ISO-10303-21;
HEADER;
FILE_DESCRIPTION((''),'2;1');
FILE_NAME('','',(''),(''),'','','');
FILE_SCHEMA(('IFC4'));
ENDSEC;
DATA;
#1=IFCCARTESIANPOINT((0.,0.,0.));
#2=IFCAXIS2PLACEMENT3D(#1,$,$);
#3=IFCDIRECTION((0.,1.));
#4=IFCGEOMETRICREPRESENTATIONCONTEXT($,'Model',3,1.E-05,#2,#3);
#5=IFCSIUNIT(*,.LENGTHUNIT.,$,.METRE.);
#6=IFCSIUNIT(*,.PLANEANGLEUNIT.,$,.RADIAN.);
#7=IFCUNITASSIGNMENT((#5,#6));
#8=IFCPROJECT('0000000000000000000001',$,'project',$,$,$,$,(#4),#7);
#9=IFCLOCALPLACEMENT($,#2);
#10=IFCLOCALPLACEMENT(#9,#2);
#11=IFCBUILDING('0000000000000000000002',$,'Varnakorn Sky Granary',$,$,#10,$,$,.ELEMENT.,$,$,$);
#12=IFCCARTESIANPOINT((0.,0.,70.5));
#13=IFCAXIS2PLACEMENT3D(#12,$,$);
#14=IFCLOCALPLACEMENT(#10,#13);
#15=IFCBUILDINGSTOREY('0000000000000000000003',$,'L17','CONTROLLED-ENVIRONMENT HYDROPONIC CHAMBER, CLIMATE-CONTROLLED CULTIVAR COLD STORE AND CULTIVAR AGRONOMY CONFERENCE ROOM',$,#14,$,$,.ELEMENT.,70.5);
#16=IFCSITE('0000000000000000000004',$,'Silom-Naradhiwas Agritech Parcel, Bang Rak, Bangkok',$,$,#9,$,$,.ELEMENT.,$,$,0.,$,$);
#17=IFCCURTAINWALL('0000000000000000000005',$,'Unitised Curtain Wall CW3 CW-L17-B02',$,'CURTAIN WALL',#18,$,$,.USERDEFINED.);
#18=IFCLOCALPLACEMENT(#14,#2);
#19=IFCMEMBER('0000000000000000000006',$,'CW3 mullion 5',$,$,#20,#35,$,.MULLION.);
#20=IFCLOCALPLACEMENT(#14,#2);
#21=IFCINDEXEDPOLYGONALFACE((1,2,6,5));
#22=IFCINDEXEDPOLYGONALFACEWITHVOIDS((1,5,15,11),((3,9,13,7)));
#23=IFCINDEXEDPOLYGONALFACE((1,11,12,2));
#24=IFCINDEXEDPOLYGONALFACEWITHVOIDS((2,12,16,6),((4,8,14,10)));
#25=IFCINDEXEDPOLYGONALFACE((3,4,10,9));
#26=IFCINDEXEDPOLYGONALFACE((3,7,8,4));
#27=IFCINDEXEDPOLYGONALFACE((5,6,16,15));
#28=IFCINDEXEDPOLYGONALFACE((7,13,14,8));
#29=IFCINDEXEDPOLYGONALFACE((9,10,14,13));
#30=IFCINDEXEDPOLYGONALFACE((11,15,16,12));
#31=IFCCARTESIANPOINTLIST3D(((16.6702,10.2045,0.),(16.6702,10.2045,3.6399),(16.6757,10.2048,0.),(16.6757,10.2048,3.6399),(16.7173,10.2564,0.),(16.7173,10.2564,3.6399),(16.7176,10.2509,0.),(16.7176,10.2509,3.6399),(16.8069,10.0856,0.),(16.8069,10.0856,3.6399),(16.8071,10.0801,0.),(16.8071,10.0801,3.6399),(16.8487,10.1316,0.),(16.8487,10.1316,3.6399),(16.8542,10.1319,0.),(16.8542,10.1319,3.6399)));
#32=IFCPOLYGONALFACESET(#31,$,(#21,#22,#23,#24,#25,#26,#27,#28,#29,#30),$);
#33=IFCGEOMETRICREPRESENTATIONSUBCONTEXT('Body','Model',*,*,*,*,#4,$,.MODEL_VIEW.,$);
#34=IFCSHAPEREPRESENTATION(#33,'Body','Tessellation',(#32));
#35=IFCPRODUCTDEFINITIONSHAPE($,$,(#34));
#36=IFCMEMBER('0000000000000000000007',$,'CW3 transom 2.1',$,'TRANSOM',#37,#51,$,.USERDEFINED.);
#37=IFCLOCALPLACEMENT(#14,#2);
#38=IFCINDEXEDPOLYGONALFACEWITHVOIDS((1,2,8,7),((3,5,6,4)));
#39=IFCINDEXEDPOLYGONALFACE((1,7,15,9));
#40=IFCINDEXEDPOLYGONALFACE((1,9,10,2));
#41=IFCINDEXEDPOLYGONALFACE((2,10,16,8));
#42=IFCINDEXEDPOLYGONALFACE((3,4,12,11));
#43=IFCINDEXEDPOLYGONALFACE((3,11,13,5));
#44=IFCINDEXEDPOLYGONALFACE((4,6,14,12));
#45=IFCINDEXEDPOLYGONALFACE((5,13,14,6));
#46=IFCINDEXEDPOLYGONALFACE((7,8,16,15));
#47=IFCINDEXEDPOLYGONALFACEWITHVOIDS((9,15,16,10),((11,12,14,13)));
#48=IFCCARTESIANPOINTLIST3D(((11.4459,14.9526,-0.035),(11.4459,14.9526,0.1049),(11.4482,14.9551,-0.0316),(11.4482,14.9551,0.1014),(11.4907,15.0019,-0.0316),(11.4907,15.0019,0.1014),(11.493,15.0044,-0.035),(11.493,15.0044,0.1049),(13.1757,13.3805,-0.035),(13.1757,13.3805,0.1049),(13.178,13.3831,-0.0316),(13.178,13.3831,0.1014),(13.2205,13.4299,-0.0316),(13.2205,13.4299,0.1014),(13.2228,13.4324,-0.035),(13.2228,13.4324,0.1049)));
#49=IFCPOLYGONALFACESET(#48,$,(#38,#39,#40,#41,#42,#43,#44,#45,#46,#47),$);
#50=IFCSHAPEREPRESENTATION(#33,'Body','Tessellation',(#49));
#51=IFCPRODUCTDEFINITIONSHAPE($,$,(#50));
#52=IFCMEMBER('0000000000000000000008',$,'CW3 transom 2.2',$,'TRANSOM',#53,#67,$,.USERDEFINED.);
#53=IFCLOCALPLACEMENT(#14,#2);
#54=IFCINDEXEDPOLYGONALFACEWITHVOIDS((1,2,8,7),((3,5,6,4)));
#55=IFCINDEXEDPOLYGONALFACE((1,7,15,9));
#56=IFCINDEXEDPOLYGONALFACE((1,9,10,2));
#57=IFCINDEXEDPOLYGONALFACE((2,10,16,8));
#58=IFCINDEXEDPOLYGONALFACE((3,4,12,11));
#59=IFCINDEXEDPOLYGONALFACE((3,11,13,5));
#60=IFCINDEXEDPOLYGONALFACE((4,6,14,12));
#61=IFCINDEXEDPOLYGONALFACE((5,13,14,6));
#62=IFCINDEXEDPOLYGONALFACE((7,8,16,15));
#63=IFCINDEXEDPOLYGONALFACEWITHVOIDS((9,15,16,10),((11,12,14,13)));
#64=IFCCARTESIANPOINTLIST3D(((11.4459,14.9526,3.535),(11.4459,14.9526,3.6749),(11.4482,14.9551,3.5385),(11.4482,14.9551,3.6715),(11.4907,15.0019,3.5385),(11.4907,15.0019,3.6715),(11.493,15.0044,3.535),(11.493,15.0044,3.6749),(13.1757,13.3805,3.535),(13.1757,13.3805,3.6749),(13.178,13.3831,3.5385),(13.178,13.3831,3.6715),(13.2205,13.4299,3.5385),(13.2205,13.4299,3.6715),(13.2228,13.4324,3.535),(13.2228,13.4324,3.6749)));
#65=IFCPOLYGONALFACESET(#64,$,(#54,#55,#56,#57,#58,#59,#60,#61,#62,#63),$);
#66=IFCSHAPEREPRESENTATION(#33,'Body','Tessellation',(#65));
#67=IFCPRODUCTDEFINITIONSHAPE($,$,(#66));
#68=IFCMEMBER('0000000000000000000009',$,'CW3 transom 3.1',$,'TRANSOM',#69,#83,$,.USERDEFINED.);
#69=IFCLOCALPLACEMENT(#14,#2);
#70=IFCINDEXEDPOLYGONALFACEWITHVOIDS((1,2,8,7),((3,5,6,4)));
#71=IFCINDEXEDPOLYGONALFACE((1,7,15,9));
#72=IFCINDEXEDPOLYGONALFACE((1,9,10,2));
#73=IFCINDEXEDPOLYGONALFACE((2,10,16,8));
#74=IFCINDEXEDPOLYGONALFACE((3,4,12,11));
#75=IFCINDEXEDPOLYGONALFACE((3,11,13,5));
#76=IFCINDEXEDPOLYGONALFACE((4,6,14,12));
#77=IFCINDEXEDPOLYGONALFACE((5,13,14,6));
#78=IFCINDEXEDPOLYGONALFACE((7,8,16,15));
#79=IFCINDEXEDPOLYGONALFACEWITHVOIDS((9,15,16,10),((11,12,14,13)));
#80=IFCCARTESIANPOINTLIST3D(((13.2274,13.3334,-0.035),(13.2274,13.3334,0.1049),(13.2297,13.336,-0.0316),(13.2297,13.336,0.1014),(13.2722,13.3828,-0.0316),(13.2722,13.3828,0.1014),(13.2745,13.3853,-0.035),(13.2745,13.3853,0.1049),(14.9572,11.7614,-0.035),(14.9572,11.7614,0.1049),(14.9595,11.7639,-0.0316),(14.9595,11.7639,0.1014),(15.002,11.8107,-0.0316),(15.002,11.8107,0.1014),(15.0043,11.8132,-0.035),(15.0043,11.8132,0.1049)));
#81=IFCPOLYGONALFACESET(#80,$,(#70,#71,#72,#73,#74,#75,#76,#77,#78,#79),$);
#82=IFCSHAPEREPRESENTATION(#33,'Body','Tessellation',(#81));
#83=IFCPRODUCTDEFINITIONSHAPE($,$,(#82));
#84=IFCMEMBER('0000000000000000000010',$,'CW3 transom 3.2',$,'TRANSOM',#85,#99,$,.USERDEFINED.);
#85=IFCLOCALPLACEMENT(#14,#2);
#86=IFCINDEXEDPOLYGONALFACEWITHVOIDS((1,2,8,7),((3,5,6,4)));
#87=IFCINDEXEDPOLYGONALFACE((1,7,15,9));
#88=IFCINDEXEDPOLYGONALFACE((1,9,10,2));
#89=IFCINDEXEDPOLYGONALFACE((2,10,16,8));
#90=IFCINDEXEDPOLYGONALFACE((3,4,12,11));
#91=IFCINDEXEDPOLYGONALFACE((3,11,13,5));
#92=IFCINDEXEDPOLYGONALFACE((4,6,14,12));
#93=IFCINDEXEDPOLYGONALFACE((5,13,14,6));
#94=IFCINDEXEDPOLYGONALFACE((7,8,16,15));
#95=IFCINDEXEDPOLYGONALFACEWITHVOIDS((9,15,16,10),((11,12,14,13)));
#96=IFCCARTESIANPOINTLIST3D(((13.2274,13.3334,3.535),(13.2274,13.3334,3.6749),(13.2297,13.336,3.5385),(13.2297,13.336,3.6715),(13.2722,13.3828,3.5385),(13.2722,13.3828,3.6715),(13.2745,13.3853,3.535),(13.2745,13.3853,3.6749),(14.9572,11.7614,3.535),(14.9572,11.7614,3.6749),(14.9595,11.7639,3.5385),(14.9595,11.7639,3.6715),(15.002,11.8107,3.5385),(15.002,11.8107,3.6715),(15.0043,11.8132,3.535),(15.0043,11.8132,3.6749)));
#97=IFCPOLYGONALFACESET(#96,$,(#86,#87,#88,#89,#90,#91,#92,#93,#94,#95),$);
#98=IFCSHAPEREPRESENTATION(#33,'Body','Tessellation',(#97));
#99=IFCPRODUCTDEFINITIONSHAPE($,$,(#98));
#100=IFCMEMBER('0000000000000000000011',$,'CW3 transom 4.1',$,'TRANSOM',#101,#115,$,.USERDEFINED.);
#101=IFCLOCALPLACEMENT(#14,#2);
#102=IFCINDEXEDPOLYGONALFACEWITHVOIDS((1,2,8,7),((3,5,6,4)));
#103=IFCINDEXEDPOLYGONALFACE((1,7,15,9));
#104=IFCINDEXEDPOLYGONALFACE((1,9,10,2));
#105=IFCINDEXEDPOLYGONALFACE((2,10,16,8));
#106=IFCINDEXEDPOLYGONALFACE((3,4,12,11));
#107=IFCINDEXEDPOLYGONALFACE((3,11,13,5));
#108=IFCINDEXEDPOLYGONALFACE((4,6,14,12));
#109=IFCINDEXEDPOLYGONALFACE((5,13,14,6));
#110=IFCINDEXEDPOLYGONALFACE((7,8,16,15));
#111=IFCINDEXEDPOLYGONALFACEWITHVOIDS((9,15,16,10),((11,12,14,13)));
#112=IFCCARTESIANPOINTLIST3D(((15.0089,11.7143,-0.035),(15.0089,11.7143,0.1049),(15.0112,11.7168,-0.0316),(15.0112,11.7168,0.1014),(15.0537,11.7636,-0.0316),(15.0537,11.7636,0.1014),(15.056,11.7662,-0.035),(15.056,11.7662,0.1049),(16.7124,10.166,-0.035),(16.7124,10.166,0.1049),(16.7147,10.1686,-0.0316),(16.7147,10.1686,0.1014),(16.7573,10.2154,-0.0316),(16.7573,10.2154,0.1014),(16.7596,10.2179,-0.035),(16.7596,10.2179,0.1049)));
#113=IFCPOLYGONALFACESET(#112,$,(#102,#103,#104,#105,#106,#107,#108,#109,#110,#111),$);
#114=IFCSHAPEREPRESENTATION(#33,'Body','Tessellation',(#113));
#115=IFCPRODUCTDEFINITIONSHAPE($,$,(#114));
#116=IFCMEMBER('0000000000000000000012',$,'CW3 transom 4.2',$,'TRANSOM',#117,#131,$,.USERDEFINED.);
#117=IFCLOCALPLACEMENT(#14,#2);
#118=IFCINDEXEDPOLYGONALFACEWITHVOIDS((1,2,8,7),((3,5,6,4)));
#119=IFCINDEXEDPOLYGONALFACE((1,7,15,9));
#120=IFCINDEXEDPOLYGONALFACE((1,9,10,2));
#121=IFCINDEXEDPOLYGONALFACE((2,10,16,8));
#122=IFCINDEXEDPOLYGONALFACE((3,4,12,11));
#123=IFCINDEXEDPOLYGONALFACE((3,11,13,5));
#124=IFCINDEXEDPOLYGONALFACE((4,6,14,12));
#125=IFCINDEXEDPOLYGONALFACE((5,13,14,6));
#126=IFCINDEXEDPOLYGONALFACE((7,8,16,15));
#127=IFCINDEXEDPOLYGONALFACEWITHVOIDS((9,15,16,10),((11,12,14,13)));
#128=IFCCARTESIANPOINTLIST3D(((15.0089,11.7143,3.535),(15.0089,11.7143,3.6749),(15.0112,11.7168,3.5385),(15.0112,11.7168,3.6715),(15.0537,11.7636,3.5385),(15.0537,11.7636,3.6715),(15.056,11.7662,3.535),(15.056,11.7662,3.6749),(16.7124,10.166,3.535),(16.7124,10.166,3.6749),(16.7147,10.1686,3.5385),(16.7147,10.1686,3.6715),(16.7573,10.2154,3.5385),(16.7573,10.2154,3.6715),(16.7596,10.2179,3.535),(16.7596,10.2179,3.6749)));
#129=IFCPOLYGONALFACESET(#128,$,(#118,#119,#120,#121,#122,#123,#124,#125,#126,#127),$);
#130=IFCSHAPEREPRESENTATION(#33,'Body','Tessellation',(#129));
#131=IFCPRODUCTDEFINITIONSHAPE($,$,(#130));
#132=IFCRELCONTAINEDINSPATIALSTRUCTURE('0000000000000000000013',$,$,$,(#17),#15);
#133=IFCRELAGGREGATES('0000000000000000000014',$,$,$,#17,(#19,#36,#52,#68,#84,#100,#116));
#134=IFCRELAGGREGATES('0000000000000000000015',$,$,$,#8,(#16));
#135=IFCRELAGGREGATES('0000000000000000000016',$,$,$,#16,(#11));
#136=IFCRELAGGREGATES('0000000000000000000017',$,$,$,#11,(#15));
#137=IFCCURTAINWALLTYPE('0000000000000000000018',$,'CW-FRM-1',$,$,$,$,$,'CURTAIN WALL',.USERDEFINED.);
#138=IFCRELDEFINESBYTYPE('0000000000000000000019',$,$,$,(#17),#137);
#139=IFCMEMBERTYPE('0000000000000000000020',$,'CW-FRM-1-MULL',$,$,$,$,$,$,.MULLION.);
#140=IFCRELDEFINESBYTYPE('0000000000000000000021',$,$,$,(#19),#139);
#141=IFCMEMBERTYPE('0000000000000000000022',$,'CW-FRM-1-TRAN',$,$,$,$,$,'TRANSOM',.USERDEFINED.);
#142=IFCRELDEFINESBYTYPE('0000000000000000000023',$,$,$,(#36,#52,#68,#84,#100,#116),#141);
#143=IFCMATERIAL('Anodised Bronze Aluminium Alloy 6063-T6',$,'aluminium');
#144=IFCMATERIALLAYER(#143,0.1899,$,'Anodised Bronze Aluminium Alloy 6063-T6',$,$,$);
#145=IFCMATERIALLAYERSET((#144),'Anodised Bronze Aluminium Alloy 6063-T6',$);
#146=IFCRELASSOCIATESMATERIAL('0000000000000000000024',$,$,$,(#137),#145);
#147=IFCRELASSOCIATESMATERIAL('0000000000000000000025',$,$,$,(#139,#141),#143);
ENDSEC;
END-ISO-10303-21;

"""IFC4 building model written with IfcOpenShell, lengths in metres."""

from ifc_helpers import new_model, si_unit, direction, frame, origin, origin_2d, place, context, subcontext, project, spatial, hollow_rectangle, extrude, material, layer, layer_set, material_profile, profile_set, type_object, element, aggregate, save


model = new_model("IFC4")

# Units and contexts
model_context = context("Model", 3, precision=1e-05, world=origin(), true_north=direction((0.0, 1.0)))
body_context = subcontext(model_context, "Body", "Model", "MODEL_VIEW")
ifc_project = project(units=[si_unit("LENGTHUNIT", "METRE"), si_unit("PLANEANGLEUNIT", "RADIAN")], contexts=[model_context])

# Site, building, storey
site_placement = place(None, origin())
site = spatial("IfcSite", under=ifc_project, at=site_placement, Name="Silom-Naradhiwas Agritech Parcel, Bang Rak, Bangkok", CompositionType="ELEMENT", RefElevation=0.0)
building_placement = place(site_placement, origin())
building = spatial("IfcBuilding", under=site, at=building_placement, Name="Varnakorn Sky Granary", CompositionType="ELEMENT")
storey_placement = place(building_placement, frame((0.0, 0.0, 70.5)))
storey = spatial("IfcBuildingStorey", under=building, at=storey_placement, Name="L17", Description="CONTROLLED-ENVIRONMENT HYDROPONIC CHAMBER, CLIMATE-CONTROLLED CULTIVAR COLD STORE AND CULTIVAR AGRONOMY CONFERENCE ROOM", CompositionType="ELEMENT", Elevation=70.5)

# Curtain wall, members
ifc_material_1 = material(Name="Anodised Bronze Aluminium Alloy 6063-T6", Category="aluminium")
ifc_layer_1 = layer(ifc_material_1, 0.1899, Name="Anodised Bronze Aluminium Alloy 6063-T6")
ifc_layer_set_1 = layer_set([ifc_layer_1], Name="Anodised Bronze Aluminium Alloy 6063-T6")
curtain_wall_type = type_object("IfcCurtainWallType", Name="CW-FRM-1", ElementType="CURTAIN WALL", PredefinedType="USERDEFINED", material=ifc_layer_set_1)
curtain_wall_placement = place(storey_placement, origin())
curtain_wall = element("IfcCurtainWall", 1, at=curtain_wall_placement, inside=storey, type_object=curtain_wall_type, Name="Unitised Curtain Wall CW3 CW-L17-B02", ObjectType="CURTAIN WALL", PredefinedType="USERDEFINED")
ifc_material_profile_1 = material_profile(ifc_material_1, hollow_rectangle(XDim=0.0701, YDim=0.1851, WallThickness=0.0039, at=origin_2d()), Name="ALU MULL 70x185")
ifc_profile_set_1 = profile_set([ifc_material_profile_1], Name="Anodised Bronze Aluminium Alloy 6063-T6")
member_type_1 = type_object("IfcMemberType", Name="CW-FRM-1-MULL", PredefinedType="MULLION", material=ifc_profile_set_1)
member_1_placement = place(storey_placement, frame((16.7622, 10.1682, 0.0), z_axis=(0.0, 0.0, 1.0), x_axis=(0.672582, 0.740022, 0.0)))
member_1 = element("IfcMember", 2, at=member_1_placement, type_object=member_type_1, Name="CW3 mullion 5", PredefinedType="MULLION", context=body_context, shape_type="SweptSolid", body=[
    extrude(hollow_rectangle(XDim=0.0701, YDim=0.1851, WallThickness=0.0039, at=origin_2d()), origin(), (0.0, 0.0, 1.0), 3.6399),
])
ifc_material_profile_2 = material_profile(ifc_material_1, hollow_rectangle(XDim=0.0701, YDim=0.1399, WallThickness=0.0034, at=origin_2d()), Name="ALU TRAN 70x140")
ifc_profile_set_2 = profile_set([ifc_material_profile_2], Name="Anodised Bronze Aluminium Alloy 6063-T6")
member_type_2 = type_object("IfcMemberType", Name="CW-FRM-1-TRAN", ElementType="TRANSOM", PredefinedType="USERDEFINED", material=ifc_profile_set_2)
member_2_placement = place(storey_placement, frame((11.4695, 14.9785, 0.0349), z_axis=(0.740039, -0.672564, 0.0), x_axis=(0.672564, 0.740039, 0.0)))
member_2 = element("IfcMember", 3, at=member_2_placement, type_object=member_type_2, Name="CW3 transom 2.1", ObjectType="TRANSOM", PredefinedType="USERDEFINED", context=body_context, shape_type="SweptSolid", body=[
    extrude(hollow_rectangle(XDim=0.0701, YDim=0.1399, WallThickness=0.0034, at=origin_2d()), origin(), (0.0, 0.0, 1.0), 2.3374),
])
member_3_placement = place(storey_placement, frame((11.4695, 14.9785, 3.605), z_axis=(0.740039, -0.672564, 0.0), x_axis=(0.672564, 0.740039, 0.0)))
member_3 = element("IfcMember", 4, at=member_3_placement, type_object=member_type_2, Name="CW3 transom 2.2", ObjectType="TRANSOM", PredefinedType="USERDEFINED", context=body_context, shape_type="SweptSolid", body=[
    extrude(hollow_rectangle(XDim=0.0701, YDim=0.1399, WallThickness=0.0034, at=origin_2d()), origin(), (0.0, 0.0, 1.0), 2.3374),
])
member_4_placement = place(storey_placement, frame((13.251, 13.3594, 0.0349), z_axis=(0.740039, -0.672564, 0.0), x_axis=(0.672564, 0.740039, 0.0)))
member_4 = element("IfcMember", 5, at=member_4_placement, type_object=member_type_2, Name="CW3 transom 3.1", ObjectType="TRANSOM", PredefinedType="USERDEFINED", context=body_context, shape_type="SweptSolid", body=[
    extrude(hollow_rectangle(XDim=0.0701, YDim=0.1399, WallThickness=0.0034, at=origin_2d()), origin(), (0.0, 0.0, 1.0), 2.3374),
])
member_5_placement = place(storey_placement, frame((13.251, 13.3594, 3.605), z_axis=(0.740039, -0.672564, 0.0), x_axis=(0.672564, 0.740039, 0.0)))
member_5 = element("IfcMember", 6, at=member_5_placement, type_object=member_type_2, Name="CW3 transom 3.2", ObjectType="TRANSOM", PredefinedType="USERDEFINED", context=body_context, shape_type="SweptSolid", body=[
    extrude(hollow_rectangle(XDim=0.0701, YDim=0.1399, WallThickness=0.0034, at=origin_2d()), origin(), (0.0, 0.0, 1.0), 2.3374),
])
member_6_placement = place(storey_placement, frame((15.0325, 11.7402, 0.0349), z_axis=(0.740026, -0.672578, 0.0), x_axis=(0.672578, 0.740026, 0.0)))
member_6 = element("IfcMember", 7, at=member_6_placement, type_object=member_type_2, Name="CW3 transom 4.1", ObjectType="TRANSOM", PredefinedType="USERDEFINED", context=body_context, shape_type="SweptSolid", body=[
    extrude(hollow_rectangle(XDim=0.0701, YDim=0.1399, WallThickness=0.0034, at=origin_2d()), origin(), (0.0, 0.0, 1.0), 2.302),
])
member_7_placement = place(storey_placement, frame((15.0325, 11.7402, 3.605), z_axis=(0.740026, -0.672578, 0.0), x_axis=(0.672578, 0.740026, 0.0)))
member_7 = element("IfcMember", 8, at=member_7_placement, type_object=member_type_2, Name="CW3 transom 4.2", ObjectType="TRANSOM", PredefinedType="USERDEFINED", context=body_context, shape_type="SweptSolid", body=[
    extrude(hollow_rectangle(XDim=0.0701, YDim=0.1399, WallThickness=0.0034, at=origin_2d()), origin(), (0.0, 0.0, 1.0), 2.302),
])

aggregate(curtain_wall, [member_1, member_2, member_3, member_4, member_5, member_6, member_7])

save(model, "model.ifc")
